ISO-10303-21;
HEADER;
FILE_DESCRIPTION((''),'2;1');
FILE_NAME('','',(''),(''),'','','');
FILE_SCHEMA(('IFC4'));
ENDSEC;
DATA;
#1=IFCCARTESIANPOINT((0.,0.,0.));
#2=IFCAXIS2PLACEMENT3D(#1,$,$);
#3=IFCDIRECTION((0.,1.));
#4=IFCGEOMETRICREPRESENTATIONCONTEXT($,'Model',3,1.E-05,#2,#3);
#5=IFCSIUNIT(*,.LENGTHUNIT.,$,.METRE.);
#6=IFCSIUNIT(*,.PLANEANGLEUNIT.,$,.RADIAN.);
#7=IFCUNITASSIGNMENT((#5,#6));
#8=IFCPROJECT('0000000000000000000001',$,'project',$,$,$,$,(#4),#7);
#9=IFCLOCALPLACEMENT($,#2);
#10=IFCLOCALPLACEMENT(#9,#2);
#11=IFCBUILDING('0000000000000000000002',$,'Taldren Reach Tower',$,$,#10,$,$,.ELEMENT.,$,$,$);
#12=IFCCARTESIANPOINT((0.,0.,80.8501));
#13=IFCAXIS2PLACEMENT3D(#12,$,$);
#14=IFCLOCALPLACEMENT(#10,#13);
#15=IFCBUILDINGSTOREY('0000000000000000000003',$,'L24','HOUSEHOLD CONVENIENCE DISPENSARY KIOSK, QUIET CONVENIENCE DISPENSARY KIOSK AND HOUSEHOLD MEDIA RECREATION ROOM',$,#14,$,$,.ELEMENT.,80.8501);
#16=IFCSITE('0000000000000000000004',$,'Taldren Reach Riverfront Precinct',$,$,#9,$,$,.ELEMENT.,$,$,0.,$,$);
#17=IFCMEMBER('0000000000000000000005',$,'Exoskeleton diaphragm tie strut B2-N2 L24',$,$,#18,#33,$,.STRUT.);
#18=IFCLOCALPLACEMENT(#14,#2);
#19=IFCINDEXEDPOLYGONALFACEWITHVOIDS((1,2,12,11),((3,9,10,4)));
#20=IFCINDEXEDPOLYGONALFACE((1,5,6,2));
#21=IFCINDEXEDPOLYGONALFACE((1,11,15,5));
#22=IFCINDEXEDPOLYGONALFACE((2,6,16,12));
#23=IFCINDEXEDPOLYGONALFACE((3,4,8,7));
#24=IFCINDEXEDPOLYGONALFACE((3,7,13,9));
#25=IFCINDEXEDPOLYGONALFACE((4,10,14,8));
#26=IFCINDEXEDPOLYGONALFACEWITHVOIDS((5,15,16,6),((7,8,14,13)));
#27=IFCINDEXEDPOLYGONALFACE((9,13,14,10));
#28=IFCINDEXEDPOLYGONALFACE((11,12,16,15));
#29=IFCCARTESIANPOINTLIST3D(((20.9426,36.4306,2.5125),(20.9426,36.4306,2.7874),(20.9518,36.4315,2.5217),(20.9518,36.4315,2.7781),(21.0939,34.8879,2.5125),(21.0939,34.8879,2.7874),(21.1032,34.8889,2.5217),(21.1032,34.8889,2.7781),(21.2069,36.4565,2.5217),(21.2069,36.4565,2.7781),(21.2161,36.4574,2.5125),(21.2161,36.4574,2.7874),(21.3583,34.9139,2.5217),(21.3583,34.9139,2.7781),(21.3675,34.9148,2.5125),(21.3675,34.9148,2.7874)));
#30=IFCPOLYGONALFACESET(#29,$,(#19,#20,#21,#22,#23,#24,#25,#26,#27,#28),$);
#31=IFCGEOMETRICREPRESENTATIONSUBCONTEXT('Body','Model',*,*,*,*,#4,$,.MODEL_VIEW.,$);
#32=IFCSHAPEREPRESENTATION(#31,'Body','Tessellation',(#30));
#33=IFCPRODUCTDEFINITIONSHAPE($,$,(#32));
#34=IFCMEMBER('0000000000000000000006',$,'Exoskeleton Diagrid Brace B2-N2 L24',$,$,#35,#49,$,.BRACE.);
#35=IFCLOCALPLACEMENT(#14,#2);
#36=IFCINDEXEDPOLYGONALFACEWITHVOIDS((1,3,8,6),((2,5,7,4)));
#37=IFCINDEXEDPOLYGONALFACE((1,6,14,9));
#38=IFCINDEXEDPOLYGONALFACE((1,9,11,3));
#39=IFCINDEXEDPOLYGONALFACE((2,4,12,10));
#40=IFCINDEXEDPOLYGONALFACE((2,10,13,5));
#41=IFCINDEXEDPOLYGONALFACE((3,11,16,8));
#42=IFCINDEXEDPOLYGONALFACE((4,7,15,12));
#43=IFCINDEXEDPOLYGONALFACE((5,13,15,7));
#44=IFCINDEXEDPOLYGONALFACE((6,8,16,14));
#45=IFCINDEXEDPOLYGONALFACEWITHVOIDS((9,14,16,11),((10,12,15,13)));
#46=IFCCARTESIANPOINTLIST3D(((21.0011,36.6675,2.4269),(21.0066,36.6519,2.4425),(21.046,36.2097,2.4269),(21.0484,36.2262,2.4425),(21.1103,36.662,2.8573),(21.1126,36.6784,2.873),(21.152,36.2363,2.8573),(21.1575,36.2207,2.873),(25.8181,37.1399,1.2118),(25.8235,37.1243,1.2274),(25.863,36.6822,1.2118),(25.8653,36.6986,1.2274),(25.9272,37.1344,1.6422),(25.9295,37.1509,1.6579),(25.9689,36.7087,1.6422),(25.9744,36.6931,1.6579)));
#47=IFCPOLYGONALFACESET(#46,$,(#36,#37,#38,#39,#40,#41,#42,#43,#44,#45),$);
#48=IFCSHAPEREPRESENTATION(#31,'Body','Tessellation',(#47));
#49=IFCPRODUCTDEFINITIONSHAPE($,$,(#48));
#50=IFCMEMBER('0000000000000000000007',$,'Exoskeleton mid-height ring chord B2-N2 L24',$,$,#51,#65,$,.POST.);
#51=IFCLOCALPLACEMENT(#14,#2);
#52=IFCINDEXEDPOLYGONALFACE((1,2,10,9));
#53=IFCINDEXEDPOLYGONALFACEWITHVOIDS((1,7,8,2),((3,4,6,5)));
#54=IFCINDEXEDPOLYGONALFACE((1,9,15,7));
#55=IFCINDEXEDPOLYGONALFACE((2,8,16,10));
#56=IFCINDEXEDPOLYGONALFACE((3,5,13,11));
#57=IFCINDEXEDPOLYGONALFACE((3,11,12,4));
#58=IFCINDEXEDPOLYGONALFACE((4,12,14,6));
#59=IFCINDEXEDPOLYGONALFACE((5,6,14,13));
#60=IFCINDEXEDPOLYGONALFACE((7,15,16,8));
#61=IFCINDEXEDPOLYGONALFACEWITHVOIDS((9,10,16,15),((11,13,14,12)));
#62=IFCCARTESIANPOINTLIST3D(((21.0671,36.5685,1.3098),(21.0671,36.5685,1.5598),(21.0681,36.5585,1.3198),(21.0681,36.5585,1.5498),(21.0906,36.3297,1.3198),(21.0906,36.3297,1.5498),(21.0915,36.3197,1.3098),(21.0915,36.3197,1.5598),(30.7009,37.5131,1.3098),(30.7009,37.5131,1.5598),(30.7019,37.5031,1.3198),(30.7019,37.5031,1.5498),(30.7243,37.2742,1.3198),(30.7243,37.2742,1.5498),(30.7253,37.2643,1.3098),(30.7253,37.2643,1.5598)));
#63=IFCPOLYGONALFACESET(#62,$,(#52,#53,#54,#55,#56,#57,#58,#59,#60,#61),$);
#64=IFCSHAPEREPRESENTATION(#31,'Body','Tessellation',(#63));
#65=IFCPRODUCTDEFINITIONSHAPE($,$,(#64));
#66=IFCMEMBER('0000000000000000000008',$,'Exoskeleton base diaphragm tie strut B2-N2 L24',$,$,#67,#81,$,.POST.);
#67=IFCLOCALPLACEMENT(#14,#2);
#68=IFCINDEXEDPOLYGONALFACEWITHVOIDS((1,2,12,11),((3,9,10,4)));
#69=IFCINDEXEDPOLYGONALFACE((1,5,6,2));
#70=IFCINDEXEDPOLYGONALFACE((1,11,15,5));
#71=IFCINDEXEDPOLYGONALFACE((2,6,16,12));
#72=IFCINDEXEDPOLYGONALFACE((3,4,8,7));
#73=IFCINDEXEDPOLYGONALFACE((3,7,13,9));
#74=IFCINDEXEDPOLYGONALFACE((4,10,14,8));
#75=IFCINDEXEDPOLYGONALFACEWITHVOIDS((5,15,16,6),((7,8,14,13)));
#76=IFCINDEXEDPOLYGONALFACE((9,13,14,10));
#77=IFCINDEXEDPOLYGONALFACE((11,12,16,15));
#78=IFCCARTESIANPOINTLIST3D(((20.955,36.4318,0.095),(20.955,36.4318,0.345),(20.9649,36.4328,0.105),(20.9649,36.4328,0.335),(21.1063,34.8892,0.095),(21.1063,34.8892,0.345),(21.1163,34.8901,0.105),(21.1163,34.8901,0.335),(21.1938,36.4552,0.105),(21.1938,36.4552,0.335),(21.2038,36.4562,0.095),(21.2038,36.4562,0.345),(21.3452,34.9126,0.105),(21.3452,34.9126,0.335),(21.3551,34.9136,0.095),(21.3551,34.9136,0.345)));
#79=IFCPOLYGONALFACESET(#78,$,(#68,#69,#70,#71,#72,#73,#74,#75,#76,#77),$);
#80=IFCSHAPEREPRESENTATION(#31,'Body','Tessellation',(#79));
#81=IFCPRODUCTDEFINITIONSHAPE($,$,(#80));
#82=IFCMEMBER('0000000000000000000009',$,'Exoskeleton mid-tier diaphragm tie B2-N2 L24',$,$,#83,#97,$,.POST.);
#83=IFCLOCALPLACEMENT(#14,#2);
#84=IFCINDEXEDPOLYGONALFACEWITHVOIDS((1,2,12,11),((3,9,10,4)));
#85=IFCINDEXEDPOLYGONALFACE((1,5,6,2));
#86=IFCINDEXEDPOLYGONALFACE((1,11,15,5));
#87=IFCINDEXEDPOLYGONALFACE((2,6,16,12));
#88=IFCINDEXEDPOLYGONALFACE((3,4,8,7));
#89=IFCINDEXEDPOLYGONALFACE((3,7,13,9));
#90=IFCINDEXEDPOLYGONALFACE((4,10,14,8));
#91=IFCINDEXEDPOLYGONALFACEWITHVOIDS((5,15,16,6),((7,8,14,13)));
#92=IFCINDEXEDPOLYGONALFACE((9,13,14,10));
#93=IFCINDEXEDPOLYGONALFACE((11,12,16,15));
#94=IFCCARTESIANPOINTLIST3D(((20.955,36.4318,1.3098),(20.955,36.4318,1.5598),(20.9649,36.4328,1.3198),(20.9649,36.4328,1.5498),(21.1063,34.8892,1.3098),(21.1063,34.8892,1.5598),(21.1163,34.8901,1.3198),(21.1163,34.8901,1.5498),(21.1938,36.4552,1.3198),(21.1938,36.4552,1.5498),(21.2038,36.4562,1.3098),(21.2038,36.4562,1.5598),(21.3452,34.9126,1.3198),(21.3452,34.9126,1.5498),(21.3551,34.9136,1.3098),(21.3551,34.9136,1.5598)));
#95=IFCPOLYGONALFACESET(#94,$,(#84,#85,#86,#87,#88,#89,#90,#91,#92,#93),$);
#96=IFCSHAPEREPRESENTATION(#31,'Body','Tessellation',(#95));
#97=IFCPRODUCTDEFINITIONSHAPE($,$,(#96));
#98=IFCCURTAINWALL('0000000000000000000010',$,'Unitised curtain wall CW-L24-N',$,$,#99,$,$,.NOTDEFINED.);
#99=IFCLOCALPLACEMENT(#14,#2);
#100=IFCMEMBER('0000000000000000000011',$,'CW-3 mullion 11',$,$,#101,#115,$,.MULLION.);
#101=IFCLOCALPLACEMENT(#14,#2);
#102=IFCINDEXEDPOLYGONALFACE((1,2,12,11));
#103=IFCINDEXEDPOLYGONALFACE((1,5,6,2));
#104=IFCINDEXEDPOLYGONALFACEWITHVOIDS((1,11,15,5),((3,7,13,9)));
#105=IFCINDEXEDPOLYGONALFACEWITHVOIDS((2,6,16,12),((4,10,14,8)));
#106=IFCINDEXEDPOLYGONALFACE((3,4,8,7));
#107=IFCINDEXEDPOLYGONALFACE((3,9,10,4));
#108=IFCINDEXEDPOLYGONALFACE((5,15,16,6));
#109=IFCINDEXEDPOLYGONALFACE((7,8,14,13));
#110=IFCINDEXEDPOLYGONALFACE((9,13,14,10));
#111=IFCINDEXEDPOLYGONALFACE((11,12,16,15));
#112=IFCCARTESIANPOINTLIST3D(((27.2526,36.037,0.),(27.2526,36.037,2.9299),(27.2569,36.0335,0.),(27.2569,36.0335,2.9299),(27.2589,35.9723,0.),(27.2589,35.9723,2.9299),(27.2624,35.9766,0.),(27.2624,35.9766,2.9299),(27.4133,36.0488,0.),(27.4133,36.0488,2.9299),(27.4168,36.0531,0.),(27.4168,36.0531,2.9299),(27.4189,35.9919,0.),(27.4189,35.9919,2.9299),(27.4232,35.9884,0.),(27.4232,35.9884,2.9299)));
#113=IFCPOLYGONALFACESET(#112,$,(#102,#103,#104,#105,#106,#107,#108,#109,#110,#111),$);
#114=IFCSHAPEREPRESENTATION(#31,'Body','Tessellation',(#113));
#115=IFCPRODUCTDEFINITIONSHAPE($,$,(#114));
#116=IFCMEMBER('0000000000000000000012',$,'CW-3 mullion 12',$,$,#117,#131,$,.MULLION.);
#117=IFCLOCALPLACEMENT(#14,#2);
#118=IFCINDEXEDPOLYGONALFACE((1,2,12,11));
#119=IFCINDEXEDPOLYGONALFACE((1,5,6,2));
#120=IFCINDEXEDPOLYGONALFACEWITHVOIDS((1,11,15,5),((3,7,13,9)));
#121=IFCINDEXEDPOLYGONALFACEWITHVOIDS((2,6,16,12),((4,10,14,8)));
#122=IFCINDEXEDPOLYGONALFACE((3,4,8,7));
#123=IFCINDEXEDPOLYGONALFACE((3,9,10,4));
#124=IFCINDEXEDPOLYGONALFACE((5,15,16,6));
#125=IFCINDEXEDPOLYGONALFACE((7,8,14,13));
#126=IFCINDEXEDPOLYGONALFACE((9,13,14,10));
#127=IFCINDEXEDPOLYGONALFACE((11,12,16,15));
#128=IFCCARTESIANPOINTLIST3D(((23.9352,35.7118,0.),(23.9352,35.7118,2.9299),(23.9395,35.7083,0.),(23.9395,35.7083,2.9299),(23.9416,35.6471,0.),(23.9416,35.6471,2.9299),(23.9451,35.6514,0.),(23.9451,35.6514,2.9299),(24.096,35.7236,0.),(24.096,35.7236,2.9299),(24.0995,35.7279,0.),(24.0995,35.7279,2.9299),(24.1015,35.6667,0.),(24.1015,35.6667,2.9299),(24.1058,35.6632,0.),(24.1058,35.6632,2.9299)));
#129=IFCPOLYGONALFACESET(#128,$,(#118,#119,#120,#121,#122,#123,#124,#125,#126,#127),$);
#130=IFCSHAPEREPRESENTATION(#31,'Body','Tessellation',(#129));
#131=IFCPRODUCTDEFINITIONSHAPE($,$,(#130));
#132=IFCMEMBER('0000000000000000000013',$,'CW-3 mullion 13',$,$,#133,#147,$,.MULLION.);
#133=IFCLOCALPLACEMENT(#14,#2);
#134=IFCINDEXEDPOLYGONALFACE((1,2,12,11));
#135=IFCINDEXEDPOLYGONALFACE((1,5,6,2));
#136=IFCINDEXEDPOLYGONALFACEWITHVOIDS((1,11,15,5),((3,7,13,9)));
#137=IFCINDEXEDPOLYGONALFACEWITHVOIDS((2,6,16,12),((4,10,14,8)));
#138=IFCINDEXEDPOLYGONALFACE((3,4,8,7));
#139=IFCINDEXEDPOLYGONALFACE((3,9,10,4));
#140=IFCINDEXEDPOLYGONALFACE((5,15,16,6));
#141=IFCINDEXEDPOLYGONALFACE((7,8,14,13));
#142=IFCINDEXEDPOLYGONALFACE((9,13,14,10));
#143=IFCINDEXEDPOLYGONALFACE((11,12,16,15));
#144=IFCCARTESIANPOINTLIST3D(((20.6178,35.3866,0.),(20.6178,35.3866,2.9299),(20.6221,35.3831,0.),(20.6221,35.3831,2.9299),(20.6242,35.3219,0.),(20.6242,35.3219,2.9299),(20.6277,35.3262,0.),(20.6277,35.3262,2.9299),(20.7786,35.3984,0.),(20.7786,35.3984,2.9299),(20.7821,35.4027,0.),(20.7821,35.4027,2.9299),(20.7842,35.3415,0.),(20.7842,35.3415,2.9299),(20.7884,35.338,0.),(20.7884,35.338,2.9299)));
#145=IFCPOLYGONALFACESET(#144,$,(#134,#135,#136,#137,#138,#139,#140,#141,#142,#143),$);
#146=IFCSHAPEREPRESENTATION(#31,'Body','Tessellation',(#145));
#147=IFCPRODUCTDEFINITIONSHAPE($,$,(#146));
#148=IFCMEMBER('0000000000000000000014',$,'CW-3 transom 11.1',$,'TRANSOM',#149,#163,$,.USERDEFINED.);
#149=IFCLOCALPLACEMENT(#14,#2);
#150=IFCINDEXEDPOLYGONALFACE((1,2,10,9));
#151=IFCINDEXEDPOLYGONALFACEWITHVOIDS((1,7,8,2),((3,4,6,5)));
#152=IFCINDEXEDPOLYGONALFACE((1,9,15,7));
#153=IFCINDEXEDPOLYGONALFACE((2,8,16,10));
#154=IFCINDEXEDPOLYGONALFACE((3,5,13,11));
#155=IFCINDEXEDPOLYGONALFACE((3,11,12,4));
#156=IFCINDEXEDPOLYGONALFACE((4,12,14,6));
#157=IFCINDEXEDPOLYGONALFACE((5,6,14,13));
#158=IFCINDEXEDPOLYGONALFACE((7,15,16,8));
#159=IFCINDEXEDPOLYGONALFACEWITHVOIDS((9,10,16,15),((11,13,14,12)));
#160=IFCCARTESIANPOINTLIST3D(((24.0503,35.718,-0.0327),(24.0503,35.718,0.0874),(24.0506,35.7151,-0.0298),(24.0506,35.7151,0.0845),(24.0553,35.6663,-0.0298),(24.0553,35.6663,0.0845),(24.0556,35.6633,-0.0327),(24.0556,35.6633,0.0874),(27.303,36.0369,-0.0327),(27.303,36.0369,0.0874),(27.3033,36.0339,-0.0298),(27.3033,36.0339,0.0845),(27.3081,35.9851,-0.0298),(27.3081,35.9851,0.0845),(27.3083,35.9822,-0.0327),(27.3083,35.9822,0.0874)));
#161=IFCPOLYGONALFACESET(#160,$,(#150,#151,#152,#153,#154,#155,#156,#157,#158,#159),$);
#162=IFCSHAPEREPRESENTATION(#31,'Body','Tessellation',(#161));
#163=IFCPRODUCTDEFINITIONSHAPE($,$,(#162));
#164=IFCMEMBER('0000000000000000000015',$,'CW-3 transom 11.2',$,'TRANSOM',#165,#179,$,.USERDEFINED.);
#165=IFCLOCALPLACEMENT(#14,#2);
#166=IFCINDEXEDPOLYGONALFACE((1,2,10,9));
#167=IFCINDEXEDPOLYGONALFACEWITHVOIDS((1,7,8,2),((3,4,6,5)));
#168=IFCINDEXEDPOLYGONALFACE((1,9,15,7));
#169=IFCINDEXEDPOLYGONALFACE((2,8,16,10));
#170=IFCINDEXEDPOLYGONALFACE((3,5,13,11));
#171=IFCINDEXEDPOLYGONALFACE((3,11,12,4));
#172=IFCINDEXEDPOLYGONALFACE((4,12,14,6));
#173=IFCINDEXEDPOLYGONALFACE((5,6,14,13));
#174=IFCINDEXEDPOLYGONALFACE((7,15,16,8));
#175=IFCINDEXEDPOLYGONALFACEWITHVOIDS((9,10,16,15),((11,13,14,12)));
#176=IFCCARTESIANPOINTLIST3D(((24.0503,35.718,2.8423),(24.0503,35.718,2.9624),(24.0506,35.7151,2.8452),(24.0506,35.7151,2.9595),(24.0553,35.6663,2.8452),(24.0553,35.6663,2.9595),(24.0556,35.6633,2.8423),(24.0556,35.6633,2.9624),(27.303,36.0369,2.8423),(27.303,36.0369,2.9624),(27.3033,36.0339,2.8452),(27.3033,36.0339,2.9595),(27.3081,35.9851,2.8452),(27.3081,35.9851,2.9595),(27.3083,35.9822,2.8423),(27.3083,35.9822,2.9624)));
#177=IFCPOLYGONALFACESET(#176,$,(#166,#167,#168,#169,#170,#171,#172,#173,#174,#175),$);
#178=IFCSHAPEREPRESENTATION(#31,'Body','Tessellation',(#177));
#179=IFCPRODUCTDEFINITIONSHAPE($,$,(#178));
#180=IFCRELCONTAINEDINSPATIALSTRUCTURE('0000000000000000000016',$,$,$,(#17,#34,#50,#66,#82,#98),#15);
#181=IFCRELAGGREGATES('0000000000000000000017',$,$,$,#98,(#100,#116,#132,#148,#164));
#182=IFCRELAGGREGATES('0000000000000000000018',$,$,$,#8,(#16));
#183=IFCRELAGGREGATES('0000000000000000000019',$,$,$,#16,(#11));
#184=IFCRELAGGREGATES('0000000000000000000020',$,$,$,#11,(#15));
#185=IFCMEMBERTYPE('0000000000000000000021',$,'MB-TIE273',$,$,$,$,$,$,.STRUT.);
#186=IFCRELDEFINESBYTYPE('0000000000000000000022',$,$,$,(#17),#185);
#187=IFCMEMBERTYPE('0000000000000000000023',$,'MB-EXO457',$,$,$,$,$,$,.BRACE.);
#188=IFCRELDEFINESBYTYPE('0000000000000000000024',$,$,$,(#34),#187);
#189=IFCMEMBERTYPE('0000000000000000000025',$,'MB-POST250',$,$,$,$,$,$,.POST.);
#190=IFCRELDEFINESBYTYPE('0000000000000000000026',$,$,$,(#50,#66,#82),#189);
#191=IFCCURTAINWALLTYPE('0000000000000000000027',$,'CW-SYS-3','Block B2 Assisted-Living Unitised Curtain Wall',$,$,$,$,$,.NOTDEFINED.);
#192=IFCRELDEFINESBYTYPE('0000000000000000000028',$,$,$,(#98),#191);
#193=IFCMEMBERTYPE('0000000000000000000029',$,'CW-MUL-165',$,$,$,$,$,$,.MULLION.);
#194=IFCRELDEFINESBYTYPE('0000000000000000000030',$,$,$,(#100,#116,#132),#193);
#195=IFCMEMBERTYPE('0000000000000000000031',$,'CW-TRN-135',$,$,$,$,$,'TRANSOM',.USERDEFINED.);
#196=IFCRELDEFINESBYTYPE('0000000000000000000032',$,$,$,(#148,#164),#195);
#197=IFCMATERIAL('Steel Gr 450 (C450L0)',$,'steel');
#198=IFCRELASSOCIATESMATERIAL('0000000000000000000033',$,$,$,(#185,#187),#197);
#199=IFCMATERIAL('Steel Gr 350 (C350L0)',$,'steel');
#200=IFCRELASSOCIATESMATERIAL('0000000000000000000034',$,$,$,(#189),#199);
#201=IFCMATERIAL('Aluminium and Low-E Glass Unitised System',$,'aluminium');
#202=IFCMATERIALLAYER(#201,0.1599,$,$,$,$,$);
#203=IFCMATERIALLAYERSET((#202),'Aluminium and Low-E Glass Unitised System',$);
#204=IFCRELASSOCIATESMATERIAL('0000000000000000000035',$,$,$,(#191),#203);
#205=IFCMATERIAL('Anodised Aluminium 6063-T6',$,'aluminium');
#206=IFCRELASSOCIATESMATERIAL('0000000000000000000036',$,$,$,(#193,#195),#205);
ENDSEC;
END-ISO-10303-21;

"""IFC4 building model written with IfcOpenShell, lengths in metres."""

from ifc_helpers import new_model, si_unit, direction, frame, origin, origin_2d, place, context, subcontext, project, spatial, hollow_rectangle, extrude, source, transform, mapped, material, layer, layer_set, material_profile, profile_set, type_object, element, aggregate, save


model = new_model("IFC4")

# Units and contexts
model_context = context("Model", 3, precision=1e-05, world=origin(), true_north=direction((0.0, 1.0)))
body_context = subcontext(model_context, "Body", "Model", "MODEL_VIEW")
ifc_project = project(units=[si_unit("LENGTHUNIT", "METRE"), si_unit("PLANEANGLEUNIT", "RADIAN")], contexts=[model_context])

# Site, building, storey
site_placement = place(None, origin())
site = spatial("IfcSite", under=ifc_project, at=site_placement, Name="Taldren Reach Riverfront Precinct", CompositionType="ELEMENT", RefElevation=0.0)
building_placement = place(site_placement, origin())
building = spatial("IfcBuilding", under=site, at=building_placement, Name="Taldren Reach Tower", CompositionType="ELEMENT")
storey_placement = place(building_placement, frame((0.0, 0.0, 80.8501)))
storey = spatial("IfcBuildingStorey", under=building, at=storey_placement, Name="L24", Description="HOUSEHOLD CONVENIENCE DISPENSARY KIOSK, QUIET CONVENIENCE DISPENSARY KIOSK AND HOUSEHOLD MEDIA RECREATION ROOM", CompositionType="ELEMENT", Elevation=80.8501)

# Members
ifc_material_1 = material(Name="Steel Gr 450 (C450L0)", Category="steel")
ifc_material_profile_1 = material_profile(ifc_material_1, hollow_rectangle(XDim=0.2749, YDim=0.2749, WallThickness=0.0093, at=origin_2d()), Name="275x275x9.3SHS")
ifc_profile_set_1 = profile_set([ifc_material_profile_1], Name="Steel Gr 450 (C450L0)")
member_type_1 = type_object("IfcMemberType", Name="MB-TIE273", PredefinedType="STRUT", material=ifc_profile_set_1)
shared_shape_1 = source(origin(), body_context, "Body", "SweptSolid", [
    extrude(hollow_rectangle(XDim=0.2749, YDim=0.2749, WallThickness=0.0093, at=origin_2d()), origin(), (0.0, 0.0, 1.0), 1.55),
])
member_1_placement = place(storey_placement, frame((21.2307, 34.9014, 2.6499), z_axis=(-0.097648, 0.995221, 0.0), x_axis=(-0.995221, -0.097648, 0.0)))
element("IfcMember", 1, at=member_1_placement, inside=storey, type_object=member_type_1, Name="Exoskeleton diaphragm tie strut B2-N2 L24", PredefinedType="STRUT", context=body_context, shape_type="MappedRepresentation", body=[
    mapped(shared_shape_1, transform((0.0, 0.0, 0.0), scale=1.0)),
])
ifc_material_profile_2 = material_profile(ifc_material_1, hollow_rectangle(XDim=0.46, YDim=0.46, WallThickness=0.0161, at=origin_2d()), Name="460x460x16.0SHS")
ifc_profile_set_2 = profile_set([ifc_material_profile_2], Name="Steel Gr 450 (C450L0)")
member_type_2 = type_object("IfcMemberType", Name="MB-EXO457", PredefinedType="BRACE", material=ifc_profile_set_2)
shared_shape_2 = source(origin(), body_context, "Body", "SweptSolid", [
    extrude(hollow_rectangle(XDim=0.46, YDim=0.46, WallThickness=0.0161, at=origin_2d()), origin(), (0.0, 0.0, 1.0), 4.9902),
])
member_2_placement = place(storey_placement, frame((25.8962, 36.9165, 1.4348), z_axis=(-0.965271, -0.094668, 0.243495), x_axis=(0.097606, -0.995225, 0.0)))
element("IfcMember", 2, at=member_2_placement, inside=storey, type_object=member_type_2, Name="Exoskeleton Diagrid Brace B2-N2 L24", PredefinedType="BRACE", context=body_context, shape_type="MappedRepresentation", body=[
    mapped(shared_shape_2, transform((0.0, 0.0, 0.0), scale=1.0)),
])
ifc_material_2 = material(Name="Steel Gr 350 (C350L0)", Category="steel")
ifc_material_profile_3 = material_profile(ifc_material_2, hollow_rectangle(XDim=0.25, YDim=0.25, WallThickness=0.01, at=origin_2d()), Name="250x250x10.0SHS")
ifc_profile_set_3 = profile_set([ifc_material_profile_3], Name="Steel Gr 350 (C350L0)")
member_type_3 = type_object("IfcMemberType", Name="MB-POST250", PredefinedType="POST", material=ifc_profile_set_3)
shared_shape_3 = source(origin(), body_context, "Body", "SweptSolid", [
    extrude(hollow_rectangle(XDim=0.25, YDim=0.25, WallThickness=0.01, at=origin_2d()), origin(), (0.0, 0.0, 1.0), 9.6799),
])
member_3_placement = place(storey_placement, frame((21.0793, 36.4441, 1.4348), z_axis=(0.995228, 0.097581, 0.0), x_axis=(-0.097581, 0.995228, 0.0)))
element("IfcMember", 3, at=member_3_placement, inside=storey, type_object=member_type_3, Name="Exoskeleton mid-height ring chord B2-N2 L24", PredefinedType="POST", context=body_context, shape_type="MappedRepresentation", body=[
    mapped(shared_shape_3, transform((0.0, 0.0, 0.0), scale=1.0)),
])
shared_shape_4 = source(origin(), body_context, "Body", "SweptSolid", [
    extrude(hollow_rectangle(XDim=0.25, YDim=0.25, WallThickness=0.01, at=origin_2d()), origin(), (0.0, 0.0, 1.0), 1.55),
])
for number, where, z_axis, x_axis, name in (
    (4, (21.2307, 34.9014, 0.22), (-0.097648, 0.995221, 0.0), (-0.995221, -0.097648, 0.0), "Exoskeleton base diaphragm tie strut B2-N2 L24"),
    (5, (21.2307, 34.9014, 1.4348), (-0.097648, 0.995221, 0.0), (-0.995221, -0.097648, 0.0), "Exoskeleton mid-tier diaphragm tie B2-N2 L24"),
):
    element("IfcMember", number, at=place(storey_placement, frame(where, z_axis=z_axis, x_axis=x_axis)), inside=storey, type_object=member_type_3, Name=name, PredefinedType="POST", context=body_context, shape_type="MappedRepresentation", body=[
        mapped(shared_shape_4, transform((0.0, 0.0, 0.0), scale=1.0)),
    ])

# Curtain wall, members
ifc_material_3 = material(Name="Aluminium and Low-E Glass Unitised System", Category="aluminium")
ifc_layer_1 = layer(ifc_material_3, 0.1599)
ifc_layer_set_1 = layer_set([ifc_layer_1], Name="Aluminium and Low-E Glass Unitised System")
curtain_wall_type = type_object("IfcCurtainWallType", Name="CW-SYS-3", Description="Block B2 Assisted-Living Unitised Curtain Wall", PredefinedType="NOTDEFINED", material=ifc_layer_set_1)
curtain_wall_placement = place(storey_placement, origin())
curtain_wall = element("IfcCurtainWall", 6, at=curtain_wall_placement, inside=storey, type_object=curtain_wall_type, Name="Unitised curtain wall CW-L24-N", PredefinedType="NOTDEFINED")
ifc_material_4 = material(Name="Anodised Aluminium 6063-T6", Category="aluminium")
ifc_material_profile_4 = material_profile(ifc_material_4, hollow_rectangle(XDim=0.0649, YDim=0.165, WallThickness=0.0039, at=origin_2d()), Name="ALU-165x65x4RHS")
ifc_profile_set_4 = profile_set([ifc_material_profile_4], Name="Anodised Aluminium 6063-T6")
member_type_4 = type_object("IfcMemberType", Name="CW-MUL-165", PredefinedType="MULLION", material=ifc_profile_set_4)
shared_shape_5 = source(origin(), body_context, "Body", "SweptSolid", [
    extrude(hollow_rectangle(XDim=0.0649, YDim=0.165, WallThickness=0.0039, at=origin_2d()), origin(), (0.0, 0.0, 1.0), 2.9299),
])
member_4_placement = place(storey_placement, frame((27.3379, 36.0127, 0.0), z_axis=(0.0, 0.0, 1.0), x_axis=(0.097583, -0.995227, 0.0)))
member_4 = element("IfcMember", 7, at=member_4_placement, type_object=member_type_4, Name="CW-3 mullion 11", PredefinedType="MULLION", context=body_context, shape_type="MappedRepresentation", body=[
    mapped(shared_shape_5, transform((0.0, 0.0, 0.0), scale=1.0)),
])
member_5_placement = place(storey_placement, frame((24.0205, 35.6875, 0.0), z_axis=(0.0, 0.0, 1.0), x_axis=(0.097583, -0.995227, 0.0)))
member_5 = element("IfcMember", 8, at=member_5_placement, type_object=member_type_4, Name="CW-3 mullion 12", PredefinedType="MULLION", context=body_context, shape_type="MappedRepresentation", body=[
    mapped(shared_shape_5, transform((0.0, 0.0, 0.0), scale=1.0)),
])
member_6_placement = place(storey_placement, frame((20.7031, 35.3623, 0.0), z_axis=(0.0, 0.0, 1.0), x_axis=(0.097583, -0.995227, 0.0)))
member_6 = element("IfcMember", 9, at=member_6_placement, type_object=member_type_4, Name="CW-3 mullion 13", PredefinedType="MULLION", context=body_context, shape_type="MappedRepresentation", body=[
    mapped(shared_shape_5, transform((0.0, 0.0, 0.0), scale=1.0)),
])
ifc_material_profile_5 = material_profile(ifc_material_4, hollow_rectangle(XDim=0.0549, YDim=0.1201, WallThickness=0.0029, at=origin_2d()), Name="ALU-120x55x3RHS")
ifc_profile_set_5 = profile_set([ifc_material_profile_5], Name="Anodised Aluminium 6063-T6")
member_type_5 = type_object("IfcMemberType", Name="CW-TRN-135", ElementType="TRANSOM", PredefinedType="USERDEFINED", material=ifc_profile_set_5)
shared_shape_6 = source(origin(), body_context, "Body", "SweptSolid", [
    extrude(hollow_rectangle(XDim=0.0549, YDim=0.1201, WallThickness=0.0029, at=origin_2d()), origin(), (0.0, 0.0, 1.0), 3.2683),
])
member_7_placement = place(storey_placement, frame((27.3057, 36.0095, 0.0273), z_axis=(-0.99523, -0.097558, 0.0), x_axis=(0.097558, -0.99523, 0.0)))
member_7 = element("IfcMember", 10, at=member_7_placement, type_object=member_type_5, Name="CW-3 transom 11.1", ObjectType="TRANSOM", PredefinedType="USERDEFINED", context=body_context, shape_type="MappedRepresentation", body=[
    mapped(shared_shape_6, transform((0.0, 0.0, 0.0), scale=1.0)),
])
member_8_placement = place(storey_placement, frame((27.3057, 36.0095, 2.9023), z_axis=(-0.99523, -0.097558, 0.0), x_axis=(0.097558, -0.99523, 0.0)))
member_8 = element("IfcMember", 11, at=member_8_placement, type_object=member_type_5, Name="CW-3 transom 11.2", ObjectType="TRANSOM", PredefinedType="USERDEFINED", context=body_context, shape_type="MappedRepresentation", body=[
    mapped(shared_shape_6, transform((0.0, 0.0, 0.0), scale=1.0)),
])

aggregate(curtain_wall, [member_4, member_5, member_6, member_7, member_8])

save(model, "model.ifc")
